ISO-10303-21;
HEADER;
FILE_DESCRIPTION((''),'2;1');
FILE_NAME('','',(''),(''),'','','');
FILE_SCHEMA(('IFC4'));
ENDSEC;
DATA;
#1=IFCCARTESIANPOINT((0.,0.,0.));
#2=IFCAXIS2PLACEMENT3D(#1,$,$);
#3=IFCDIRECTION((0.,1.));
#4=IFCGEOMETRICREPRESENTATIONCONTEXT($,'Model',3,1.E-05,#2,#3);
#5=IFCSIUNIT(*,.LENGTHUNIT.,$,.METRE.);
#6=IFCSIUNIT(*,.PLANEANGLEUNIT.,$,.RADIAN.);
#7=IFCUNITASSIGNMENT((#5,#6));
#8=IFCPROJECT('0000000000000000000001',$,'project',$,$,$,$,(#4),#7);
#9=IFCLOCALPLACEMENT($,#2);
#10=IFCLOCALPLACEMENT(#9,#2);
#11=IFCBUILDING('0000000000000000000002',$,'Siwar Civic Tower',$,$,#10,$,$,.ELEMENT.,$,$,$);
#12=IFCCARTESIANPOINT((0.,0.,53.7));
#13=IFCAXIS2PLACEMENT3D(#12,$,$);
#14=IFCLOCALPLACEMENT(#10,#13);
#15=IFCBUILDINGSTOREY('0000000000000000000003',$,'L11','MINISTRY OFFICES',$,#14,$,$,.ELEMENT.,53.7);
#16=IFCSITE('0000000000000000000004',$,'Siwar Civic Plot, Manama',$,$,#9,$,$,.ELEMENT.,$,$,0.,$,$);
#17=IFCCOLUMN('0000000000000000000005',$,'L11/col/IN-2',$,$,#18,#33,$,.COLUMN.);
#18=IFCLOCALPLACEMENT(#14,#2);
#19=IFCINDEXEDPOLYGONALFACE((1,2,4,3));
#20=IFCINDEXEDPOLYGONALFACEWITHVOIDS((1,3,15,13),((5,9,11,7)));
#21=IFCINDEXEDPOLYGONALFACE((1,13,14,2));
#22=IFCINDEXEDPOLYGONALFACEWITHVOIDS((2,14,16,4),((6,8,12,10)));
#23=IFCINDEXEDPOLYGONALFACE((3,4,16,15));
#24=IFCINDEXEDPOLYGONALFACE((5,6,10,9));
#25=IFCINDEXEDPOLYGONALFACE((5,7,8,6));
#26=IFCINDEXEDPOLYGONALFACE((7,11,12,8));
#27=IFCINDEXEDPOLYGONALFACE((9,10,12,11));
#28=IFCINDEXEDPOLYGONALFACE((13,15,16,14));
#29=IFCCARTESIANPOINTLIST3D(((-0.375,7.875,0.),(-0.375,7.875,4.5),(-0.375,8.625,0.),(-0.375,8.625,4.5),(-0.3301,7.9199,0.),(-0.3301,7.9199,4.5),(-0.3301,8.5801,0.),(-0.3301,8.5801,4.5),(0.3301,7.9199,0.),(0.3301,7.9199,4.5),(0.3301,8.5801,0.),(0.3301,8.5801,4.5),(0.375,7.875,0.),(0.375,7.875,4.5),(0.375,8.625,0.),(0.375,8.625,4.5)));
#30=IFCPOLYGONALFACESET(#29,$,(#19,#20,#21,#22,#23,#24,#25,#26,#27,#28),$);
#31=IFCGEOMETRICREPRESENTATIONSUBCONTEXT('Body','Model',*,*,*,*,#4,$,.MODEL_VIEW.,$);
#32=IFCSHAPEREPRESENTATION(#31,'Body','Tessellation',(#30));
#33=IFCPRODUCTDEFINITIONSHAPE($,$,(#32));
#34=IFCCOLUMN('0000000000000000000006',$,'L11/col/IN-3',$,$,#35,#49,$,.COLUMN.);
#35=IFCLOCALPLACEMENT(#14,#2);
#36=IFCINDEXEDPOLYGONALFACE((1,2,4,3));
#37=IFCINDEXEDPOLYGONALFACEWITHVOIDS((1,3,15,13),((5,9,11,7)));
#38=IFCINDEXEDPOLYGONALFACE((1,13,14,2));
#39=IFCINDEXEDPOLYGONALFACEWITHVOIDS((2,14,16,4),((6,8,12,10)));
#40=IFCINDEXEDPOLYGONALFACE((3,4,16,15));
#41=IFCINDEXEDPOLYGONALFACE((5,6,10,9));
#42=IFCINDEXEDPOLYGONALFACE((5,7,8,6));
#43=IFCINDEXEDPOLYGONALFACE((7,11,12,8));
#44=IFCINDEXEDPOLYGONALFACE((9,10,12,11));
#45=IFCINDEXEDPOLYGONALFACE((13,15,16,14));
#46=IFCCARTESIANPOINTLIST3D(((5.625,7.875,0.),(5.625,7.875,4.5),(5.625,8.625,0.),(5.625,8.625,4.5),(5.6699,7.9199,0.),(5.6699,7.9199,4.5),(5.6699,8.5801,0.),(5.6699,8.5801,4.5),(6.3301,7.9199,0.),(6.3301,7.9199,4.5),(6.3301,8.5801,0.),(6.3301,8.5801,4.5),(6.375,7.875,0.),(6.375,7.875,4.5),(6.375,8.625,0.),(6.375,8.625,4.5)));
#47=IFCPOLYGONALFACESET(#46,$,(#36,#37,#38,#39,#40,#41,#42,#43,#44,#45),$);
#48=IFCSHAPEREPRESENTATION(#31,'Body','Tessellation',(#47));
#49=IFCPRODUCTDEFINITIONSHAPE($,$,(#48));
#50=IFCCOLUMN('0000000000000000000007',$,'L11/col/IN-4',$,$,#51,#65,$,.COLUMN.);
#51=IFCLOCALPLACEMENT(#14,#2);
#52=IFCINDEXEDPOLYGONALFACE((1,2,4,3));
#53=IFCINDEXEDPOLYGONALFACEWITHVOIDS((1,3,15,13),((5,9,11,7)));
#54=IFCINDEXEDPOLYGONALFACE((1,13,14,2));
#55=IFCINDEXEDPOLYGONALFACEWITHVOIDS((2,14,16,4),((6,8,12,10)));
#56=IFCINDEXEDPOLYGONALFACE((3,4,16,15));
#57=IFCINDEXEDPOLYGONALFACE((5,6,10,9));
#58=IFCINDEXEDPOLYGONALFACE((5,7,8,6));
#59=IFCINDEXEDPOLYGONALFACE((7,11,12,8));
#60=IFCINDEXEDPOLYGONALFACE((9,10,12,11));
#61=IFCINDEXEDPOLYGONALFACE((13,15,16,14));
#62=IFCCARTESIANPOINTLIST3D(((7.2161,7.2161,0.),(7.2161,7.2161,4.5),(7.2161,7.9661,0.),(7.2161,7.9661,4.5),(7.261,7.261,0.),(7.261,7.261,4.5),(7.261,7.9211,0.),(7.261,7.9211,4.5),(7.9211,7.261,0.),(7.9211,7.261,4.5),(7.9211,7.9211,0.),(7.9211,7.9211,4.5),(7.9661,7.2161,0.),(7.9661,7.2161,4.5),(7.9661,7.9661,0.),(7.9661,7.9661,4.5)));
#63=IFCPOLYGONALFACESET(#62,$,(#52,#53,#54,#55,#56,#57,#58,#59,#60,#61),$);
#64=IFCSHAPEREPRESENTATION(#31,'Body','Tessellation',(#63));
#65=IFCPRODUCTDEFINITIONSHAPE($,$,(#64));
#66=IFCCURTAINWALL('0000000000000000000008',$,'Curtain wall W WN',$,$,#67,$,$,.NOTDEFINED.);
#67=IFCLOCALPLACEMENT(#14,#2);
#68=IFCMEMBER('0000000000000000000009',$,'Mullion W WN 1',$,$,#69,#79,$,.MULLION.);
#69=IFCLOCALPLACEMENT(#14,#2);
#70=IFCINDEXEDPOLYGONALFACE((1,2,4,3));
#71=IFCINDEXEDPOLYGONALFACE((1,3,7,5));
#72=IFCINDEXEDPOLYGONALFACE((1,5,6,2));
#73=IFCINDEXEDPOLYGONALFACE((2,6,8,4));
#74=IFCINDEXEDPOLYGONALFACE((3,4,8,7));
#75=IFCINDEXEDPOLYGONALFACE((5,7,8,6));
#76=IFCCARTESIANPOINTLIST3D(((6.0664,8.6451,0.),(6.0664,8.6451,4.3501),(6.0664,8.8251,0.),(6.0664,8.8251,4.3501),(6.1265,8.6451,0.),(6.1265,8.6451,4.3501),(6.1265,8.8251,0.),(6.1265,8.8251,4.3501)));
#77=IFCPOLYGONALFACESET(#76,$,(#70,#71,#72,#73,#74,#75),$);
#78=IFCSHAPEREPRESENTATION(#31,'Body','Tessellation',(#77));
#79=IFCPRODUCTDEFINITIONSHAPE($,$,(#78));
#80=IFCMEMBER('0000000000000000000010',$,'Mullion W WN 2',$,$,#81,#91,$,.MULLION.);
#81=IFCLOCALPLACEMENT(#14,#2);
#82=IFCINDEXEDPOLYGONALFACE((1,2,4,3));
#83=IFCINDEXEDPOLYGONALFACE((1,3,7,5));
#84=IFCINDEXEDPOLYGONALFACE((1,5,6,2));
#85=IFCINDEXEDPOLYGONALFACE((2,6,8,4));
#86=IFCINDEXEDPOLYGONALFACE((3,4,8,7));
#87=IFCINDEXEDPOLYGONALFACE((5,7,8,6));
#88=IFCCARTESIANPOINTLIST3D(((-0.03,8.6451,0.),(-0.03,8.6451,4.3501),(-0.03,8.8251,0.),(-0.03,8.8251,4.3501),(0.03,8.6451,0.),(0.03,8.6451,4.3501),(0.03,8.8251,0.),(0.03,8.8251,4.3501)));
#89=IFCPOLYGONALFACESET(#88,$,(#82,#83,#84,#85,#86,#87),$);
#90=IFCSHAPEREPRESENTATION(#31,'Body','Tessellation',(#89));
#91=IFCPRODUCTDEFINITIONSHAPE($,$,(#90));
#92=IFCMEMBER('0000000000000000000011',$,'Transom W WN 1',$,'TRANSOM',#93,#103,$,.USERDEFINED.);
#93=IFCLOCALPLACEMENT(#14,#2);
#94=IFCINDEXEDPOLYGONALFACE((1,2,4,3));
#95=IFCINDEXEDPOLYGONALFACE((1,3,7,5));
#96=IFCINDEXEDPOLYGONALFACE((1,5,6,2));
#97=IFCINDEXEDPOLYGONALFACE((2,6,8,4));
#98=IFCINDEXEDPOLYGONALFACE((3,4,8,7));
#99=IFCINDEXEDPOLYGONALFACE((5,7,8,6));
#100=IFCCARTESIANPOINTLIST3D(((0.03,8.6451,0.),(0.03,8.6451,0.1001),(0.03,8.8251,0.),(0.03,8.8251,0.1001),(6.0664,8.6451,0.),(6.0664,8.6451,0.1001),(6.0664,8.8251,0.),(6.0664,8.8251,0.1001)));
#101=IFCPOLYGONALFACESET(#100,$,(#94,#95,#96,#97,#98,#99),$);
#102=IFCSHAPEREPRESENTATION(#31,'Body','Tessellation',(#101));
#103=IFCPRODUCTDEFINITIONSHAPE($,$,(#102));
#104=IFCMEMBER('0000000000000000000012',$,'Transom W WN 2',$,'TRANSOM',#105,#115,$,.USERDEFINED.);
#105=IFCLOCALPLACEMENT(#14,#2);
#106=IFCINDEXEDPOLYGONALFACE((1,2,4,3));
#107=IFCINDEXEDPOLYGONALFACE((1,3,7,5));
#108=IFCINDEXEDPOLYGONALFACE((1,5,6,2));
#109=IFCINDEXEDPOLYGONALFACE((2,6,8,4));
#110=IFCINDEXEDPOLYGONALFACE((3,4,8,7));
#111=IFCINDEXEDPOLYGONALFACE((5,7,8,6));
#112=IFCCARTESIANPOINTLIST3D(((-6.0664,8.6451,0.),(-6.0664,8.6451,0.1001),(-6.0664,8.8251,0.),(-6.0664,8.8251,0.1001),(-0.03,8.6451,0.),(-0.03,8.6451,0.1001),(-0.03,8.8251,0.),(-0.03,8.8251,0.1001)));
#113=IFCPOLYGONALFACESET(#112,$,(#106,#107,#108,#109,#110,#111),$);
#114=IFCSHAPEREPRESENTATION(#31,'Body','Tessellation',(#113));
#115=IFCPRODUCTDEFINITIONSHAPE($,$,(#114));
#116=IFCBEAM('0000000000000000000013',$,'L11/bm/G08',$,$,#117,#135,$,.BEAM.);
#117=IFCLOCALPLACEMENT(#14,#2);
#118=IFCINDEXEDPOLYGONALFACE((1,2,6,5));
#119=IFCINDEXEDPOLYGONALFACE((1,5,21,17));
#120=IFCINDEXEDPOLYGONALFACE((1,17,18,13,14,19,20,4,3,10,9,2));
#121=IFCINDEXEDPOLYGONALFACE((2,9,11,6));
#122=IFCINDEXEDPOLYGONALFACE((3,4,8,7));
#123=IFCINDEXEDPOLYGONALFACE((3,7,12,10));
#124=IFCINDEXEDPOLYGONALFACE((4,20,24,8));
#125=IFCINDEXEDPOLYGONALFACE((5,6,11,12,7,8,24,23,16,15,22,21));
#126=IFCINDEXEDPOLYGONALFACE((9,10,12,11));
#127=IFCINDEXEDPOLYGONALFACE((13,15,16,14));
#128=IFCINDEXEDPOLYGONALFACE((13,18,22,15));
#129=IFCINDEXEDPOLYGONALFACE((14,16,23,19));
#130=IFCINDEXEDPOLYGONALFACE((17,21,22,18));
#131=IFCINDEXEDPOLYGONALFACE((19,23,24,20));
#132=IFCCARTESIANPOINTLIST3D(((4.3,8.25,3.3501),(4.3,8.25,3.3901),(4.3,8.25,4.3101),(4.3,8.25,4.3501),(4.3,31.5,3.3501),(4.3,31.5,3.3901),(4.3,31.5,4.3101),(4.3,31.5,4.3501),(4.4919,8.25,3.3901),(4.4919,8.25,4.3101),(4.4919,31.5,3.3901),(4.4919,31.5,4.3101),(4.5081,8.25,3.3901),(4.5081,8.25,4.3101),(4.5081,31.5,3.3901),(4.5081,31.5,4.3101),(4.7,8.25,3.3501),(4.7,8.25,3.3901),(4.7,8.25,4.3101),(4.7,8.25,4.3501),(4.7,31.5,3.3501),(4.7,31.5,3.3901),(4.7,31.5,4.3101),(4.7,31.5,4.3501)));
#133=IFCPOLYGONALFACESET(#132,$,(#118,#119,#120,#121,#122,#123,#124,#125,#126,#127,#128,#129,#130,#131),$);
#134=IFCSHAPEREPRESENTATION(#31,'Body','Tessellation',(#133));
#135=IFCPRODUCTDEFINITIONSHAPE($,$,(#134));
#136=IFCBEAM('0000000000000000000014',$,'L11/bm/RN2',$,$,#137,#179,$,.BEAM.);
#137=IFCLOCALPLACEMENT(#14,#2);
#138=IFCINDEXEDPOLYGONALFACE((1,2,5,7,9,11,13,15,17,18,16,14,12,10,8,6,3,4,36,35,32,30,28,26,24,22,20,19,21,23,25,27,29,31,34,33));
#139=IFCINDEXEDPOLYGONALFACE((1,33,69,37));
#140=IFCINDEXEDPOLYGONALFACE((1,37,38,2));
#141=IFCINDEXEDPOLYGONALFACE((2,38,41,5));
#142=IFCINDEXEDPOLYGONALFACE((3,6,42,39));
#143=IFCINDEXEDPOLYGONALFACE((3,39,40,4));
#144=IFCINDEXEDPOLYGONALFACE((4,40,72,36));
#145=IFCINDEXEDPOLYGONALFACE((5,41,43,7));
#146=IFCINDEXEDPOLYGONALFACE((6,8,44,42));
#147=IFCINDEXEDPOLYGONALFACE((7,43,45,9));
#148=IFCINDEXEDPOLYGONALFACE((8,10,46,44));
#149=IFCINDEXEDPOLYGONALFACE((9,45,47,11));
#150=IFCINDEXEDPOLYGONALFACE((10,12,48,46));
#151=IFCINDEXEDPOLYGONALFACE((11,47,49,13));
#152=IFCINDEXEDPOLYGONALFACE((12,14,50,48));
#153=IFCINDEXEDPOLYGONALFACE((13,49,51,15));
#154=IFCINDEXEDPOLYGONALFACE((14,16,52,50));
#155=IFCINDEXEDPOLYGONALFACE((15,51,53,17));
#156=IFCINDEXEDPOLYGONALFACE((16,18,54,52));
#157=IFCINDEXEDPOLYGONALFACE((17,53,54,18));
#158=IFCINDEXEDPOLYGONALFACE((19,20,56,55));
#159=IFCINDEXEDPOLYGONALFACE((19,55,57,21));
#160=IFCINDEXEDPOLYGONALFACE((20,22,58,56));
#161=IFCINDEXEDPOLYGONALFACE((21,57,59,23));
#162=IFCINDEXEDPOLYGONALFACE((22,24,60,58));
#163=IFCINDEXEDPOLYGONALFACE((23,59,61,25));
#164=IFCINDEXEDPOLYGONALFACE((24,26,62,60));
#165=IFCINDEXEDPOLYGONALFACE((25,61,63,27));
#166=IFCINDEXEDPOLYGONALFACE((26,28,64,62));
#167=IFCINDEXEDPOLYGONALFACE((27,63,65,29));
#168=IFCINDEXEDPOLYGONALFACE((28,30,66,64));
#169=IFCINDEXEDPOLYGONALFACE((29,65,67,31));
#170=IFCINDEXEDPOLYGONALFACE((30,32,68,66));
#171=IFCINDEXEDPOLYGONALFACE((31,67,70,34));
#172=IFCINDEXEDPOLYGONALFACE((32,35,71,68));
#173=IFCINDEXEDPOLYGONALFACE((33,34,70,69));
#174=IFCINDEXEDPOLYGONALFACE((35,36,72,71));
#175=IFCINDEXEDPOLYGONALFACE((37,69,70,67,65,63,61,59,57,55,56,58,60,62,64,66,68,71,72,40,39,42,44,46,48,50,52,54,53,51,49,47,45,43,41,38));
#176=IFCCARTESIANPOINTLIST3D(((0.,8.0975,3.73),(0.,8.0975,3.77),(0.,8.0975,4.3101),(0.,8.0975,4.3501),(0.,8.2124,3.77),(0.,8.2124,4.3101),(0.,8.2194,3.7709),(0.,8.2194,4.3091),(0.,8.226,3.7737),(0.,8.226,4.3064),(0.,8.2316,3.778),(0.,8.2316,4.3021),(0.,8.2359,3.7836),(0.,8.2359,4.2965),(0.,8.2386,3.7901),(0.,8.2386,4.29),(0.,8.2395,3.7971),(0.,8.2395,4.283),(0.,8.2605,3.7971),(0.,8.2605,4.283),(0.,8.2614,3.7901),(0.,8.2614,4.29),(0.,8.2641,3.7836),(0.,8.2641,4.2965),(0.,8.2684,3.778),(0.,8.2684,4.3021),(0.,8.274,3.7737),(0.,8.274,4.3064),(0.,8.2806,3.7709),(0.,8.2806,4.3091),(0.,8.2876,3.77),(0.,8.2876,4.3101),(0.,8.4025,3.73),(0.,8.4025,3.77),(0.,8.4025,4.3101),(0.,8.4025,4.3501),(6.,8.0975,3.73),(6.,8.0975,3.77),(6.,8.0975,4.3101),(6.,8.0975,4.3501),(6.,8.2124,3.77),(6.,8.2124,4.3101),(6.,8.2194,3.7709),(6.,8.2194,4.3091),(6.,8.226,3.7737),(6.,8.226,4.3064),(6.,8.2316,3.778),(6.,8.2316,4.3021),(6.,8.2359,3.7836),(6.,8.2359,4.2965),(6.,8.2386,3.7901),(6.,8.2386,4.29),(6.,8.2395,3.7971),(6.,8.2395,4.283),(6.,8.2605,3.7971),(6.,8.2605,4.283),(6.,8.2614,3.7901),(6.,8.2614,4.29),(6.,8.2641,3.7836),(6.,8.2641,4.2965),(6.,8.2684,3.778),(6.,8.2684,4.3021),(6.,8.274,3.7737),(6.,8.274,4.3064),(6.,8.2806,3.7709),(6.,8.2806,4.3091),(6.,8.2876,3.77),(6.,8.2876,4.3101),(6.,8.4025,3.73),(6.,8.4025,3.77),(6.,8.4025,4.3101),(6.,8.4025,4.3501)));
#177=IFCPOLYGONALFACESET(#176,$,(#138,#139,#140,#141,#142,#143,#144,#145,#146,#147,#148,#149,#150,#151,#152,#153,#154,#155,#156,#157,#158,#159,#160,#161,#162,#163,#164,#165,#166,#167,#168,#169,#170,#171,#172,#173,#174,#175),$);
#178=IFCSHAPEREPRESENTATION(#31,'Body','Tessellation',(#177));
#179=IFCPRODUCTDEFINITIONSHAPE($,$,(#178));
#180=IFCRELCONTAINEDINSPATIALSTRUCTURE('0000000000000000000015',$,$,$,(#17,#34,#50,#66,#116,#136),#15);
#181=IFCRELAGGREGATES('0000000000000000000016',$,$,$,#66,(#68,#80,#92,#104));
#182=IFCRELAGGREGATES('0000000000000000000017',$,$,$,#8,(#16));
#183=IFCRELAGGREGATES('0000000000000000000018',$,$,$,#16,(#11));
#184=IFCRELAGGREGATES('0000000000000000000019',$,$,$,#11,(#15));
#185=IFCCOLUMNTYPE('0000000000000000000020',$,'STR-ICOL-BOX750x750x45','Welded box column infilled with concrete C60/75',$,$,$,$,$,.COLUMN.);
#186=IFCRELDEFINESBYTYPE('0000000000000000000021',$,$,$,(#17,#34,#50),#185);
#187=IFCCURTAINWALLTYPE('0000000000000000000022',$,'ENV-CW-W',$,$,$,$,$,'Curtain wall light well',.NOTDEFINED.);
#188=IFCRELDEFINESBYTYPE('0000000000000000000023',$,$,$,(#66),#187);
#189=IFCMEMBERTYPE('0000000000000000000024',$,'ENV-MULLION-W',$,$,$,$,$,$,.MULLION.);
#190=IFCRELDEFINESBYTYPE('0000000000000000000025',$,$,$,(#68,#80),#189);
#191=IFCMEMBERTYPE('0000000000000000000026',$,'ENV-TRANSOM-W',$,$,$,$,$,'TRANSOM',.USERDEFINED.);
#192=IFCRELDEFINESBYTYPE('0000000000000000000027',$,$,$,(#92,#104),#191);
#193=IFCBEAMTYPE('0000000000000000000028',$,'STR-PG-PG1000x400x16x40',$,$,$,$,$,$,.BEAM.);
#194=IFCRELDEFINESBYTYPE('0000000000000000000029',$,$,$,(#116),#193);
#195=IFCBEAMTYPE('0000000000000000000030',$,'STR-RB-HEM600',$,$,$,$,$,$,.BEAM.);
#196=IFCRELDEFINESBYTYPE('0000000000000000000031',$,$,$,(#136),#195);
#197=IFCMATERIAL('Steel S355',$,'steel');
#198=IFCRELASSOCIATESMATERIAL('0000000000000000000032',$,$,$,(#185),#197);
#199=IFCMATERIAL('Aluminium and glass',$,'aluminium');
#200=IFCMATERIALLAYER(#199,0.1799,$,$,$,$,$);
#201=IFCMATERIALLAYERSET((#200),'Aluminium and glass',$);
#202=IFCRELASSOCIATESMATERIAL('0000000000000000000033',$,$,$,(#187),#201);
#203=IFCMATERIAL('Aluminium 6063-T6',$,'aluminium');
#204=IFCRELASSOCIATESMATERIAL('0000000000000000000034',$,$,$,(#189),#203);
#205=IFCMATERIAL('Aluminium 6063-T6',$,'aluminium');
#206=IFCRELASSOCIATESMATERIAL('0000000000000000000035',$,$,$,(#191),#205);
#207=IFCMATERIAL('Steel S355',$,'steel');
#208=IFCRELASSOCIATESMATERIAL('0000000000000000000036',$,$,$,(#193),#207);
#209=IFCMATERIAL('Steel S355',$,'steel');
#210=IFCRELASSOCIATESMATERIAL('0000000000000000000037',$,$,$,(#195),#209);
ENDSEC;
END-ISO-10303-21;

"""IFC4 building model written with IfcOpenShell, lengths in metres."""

from ifc_helpers import new_model, si_unit, direction, frame, origin, origin_2d, place, context, subcontext, project, spatial, rectangle, hollow_rectangle, i_section, extrude, material, layer, layer_set, material_profile, profile_set, type_object, element, aggregate, save


model = new_model("IFC4")

# Units and contexts
model_context = context("Model", 3, precision=1e-05, world=origin(), true_north=direction((0.0, 1.0)))
body_context = subcontext(model_context, "Body", "Model", "MODEL_VIEW")
ifc_project = project(units=[si_unit("LENGTHUNIT", "METRE"), si_unit("PLANEANGLEUNIT", "RADIAN")], contexts=[model_context])

# Site, building, storey
site_placement = place(None, origin())
site = spatial("IfcSite", under=ifc_project, at=site_placement, Name="Siwar Civic Plot, Manama", CompositionType="ELEMENT", RefElevation=0.0)
building_placement = place(site_placement, origin())
building = spatial("IfcBuilding", under=site, at=building_placement, Name="Siwar Civic Tower", CompositionType="ELEMENT")
storey_placement = place(building_placement, frame((0.0, 0.0, 53.7)))
storey = spatial("IfcBuildingStorey", under=building, at=storey_placement, Name="L11", Description="MINISTRY OFFICES", CompositionType="ELEMENT", Elevation=53.7)

# Columns
ifc_material_1 = material(Name="Steel S355", Category="steel")
ifc_material_profile_1 = material_profile(ifc_material_1, hollow_rectangle(XDim=0.75, YDim=0.75, WallThickness=0.0449, at=origin_2d()), Name="BOX750x750x45")
ifc_profile_set_1 = profile_set([ifc_material_profile_1], Name="Steel S355")
column_type = type_object("IfcColumnType", Name="STR-ICOL-BOX750x750x45", Description="Welded box column infilled with concrete C60/75", PredefinedType="COLUMN", material=ifc_profile_set_1)
for number, where, z_axis, x_axis, name in (
    (1, (0.0, 8.25, 0.0), (0.0, 0.0, 1.0), (1.0, 0.0, 0.0), "L11/col/IN-2"),
    (2, (6.0, 8.25, 0.0), (0.0, 0.0, 1.0), (1.0, 0.0, 0.0), "L11/col/IN-3"),
    (3, (7.5911, 7.5911, 0.0), (0.0, 0.0, 1.0), (1.0, 0.0, 0.0), "L11/col/IN-4"),
):
    element("IfcColumn", number, at=place(storey_placement, frame(where, z_axis=z_axis, x_axis=x_axis)), inside=storey, type_object=column_type, Name=name, PredefinedType="COLUMN", context=body_context, shape_type="SweptSolid", body=[
        extrude(hollow_rectangle(XDim=0.75, YDim=0.75, WallThickness=0.0449, at=origin_2d()), origin(), (0.0, 0.0, 1.0), 4.5),
    ])

# Curtain wall, members
ifc_material_2 = material(Name="Aluminium and glass", Category="aluminium")
ifc_layer_1 = layer(ifc_material_2, 0.1799)
ifc_layer_set_1 = layer_set([ifc_layer_1], Name="Aluminium and glass")
curtain_wall_type = type_object("IfcCurtainWallType", Name="ENV-CW-W", ElementType="Curtain wall light well", PredefinedType="NOTDEFINED", material=ifc_layer_set_1)
curtain_wall_placement = place(storey_placement, origin())
curtain_wall = element("IfcCurtainWall", 4, at=curtain_wall_placement, inside=storey, type_object=curtain_wall_type, Name="Curtain wall W WN", PredefinedType="NOTDEFINED")
ifc_material_3 = material(Name="Aluminium 6063-T6", Category="aluminium")
ifc_material_profile_2 = material_profile(ifc_material_3, rectangle(XDim=0.1799, YDim=0.0601, at=origin_2d()), Name="AL 180x60")
ifc_profile_set_2 = profile_set([ifc_material_profile_2], Name="Aluminium 6063-T6")
member_type_1 = type_object("IfcMemberType", Name="ENV-MULLION-W", PredefinedType="MULLION", material=ifc_profile_set_2)
member_1_placement = place(storey_placement, frame((6.0964, 8.7351, 0.0), z_axis=(0.0, 0.0, 1.0), x_axis=(0.0, -1.0, 0.0)))
member_1 = element("IfcMember", 5, at=member_1_placement, type_object=member_type_1, Name="Mullion W WN 1", PredefinedType="MULLION", context=body_context, shape_type="SweptSolid", body=[
    extrude(rectangle(XDim=0.1799, YDim=0.0601, at=origin_2d()), origin(), (0.0, 0.0, 1.0), 4.3501),
])
member_2_placement = place(storey_placement, frame((0.0, 8.7351, 0.0), z_axis=(0.0, 0.0, 1.0), x_axis=(0.0, -1.0, 0.0)))
member_2 = element("IfcMember", 6, at=member_2_placement, type_object=member_type_1, Name="Mullion W WN 2", PredefinedType="MULLION", context=body_context, shape_type="SweptSolid", body=[
    extrude(rectangle(XDim=0.1799, YDim=0.0601, at=origin_2d()), origin(), (0.0, 0.0, 1.0), 4.3501),
])
ifc_material_4 = material(Name="Aluminium 6063-T6", Category="aluminium")
ifc_material_profile_3 = material_profile(ifc_material_4, rectangle(XDim=0.1799, YDim=0.1001, at=origin_2d()), Name="AL 180x100")
ifc_profile_set_3 = profile_set([ifc_material_profile_3], Name="Aluminium 6063-T6")
member_type_2 = type_object("IfcMemberType", Name="ENV-TRANSOM-W", ElementType="TRANSOM", PredefinedType="USERDEFINED", material=ifc_profile_set_3)
member_3_placement = place(storey_placement, frame((6.0664, 8.7351, 0.05), z_axis=(-1.0, 0.0, 0.0), x_axis=(0.0, -1.0, 0.0)))
member_3 = element("IfcMember", 7, at=member_3_placement, type_object=member_type_2, Name="Transom W WN 1", ObjectType="TRANSOM", PredefinedType="USERDEFINED", context=body_context, shape_type="SweptSolid", body=[
    extrude(rectangle(XDim=0.1799, YDim=0.1001, at=origin_2d()), origin(), (0.0, 0.0, 1.0), 6.0364),
])
member_4_placement = place(storey_placement, frame((-0.03, 8.7351, 0.05), z_axis=(-1.0, 0.0, 0.0), x_axis=(0.0, -1.0, 0.0)))
member_4 = element("IfcMember", 8, at=member_4_placement, type_object=member_type_2, Name="Transom W WN 2", ObjectType="TRANSOM", PredefinedType="USERDEFINED", context=body_context, shape_type="SweptSolid", body=[
    extrude(rectangle(XDim=0.1799, YDim=0.1001, at=origin_2d()), origin(), (0.0, 0.0, 1.0), 6.0364),
])

# Beams
ifc_material_5 = material(Name="Steel S355", Category="steel")
ifc_material_profile_4 = material_profile(ifc_material_5, i_section(OverallWidth=0.3999, OverallDepth=1.0, WebThickness=0.0161, FlangeThickness=0.04, at=origin_2d()), Name="PG1000x400x16x40")
ifc_profile_set_4 = profile_set([ifc_material_profile_4], Name="Steel S355")
beam_type_1 = type_object("IfcBeamType", Name="STR-PG-PG1000x400x16x40", PredefinedType="BEAM", material=ifc_profile_set_4)
beam_1_placement = place(storey_placement, frame((4.5, 8.25, 3.8501), z_axis=(0.0, 1.0, 0.0), x_axis=(-1.0, 0.0, 0.0)))
element("IfcBeam", 9, at=beam_1_placement, inside=storey, type_object=beam_type_1, Name="L11/bm/G08", PredefinedType="BEAM", context=body_context, shape_type="SweptSolid", body=[
    extrude(i_section(OverallWidth=0.3999, OverallDepth=1.0, WebThickness=0.0161, FlangeThickness=0.04, at=origin_2d()), origin(), (0.0, 0.0, 1.0), 23.25),
])
ifc_material_6 = material(Name="Steel S355", Category="steel")
ifc_material_profile_5 = material_profile(ifc_material_6, i_section(OverallWidth=0.3049, OverallDepth=0.6201, WebThickness=0.021, FlangeThickness=0.04, FilletRadius=0.0271, at=origin_2d()), Name="HEM600")
ifc_profile_set_5 = profile_set([ifc_material_profile_5], Name="Steel S355")
beam_type_2 = type_object("IfcBeamType", Name="STR-RB-HEM600", PredefinedType="BEAM", material=ifc_profile_set_5)
beam_2_placement = place(storey_placement, frame((0.0, 8.25, 4.04), z_axis=(1.0, 0.0, 0.0), x_axis=(0.0, 1.0, 0.0)))
element("IfcBeam", 10, at=beam_2_placement, inside=storey, type_object=beam_type_2, Name="L11/bm/RN2", PredefinedType="BEAM", context=body_context, shape_type="SweptSolid", body=[
    extrude(i_section(OverallWidth=0.3049, OverallDepth=0.6201, WebThickness=0.021, FlangeThickness=0.04, FilletRadius=0.0271, at=origin_2d()), origin(), (0.0, 0.0, 1.0), 6.0),
])

aggregate(curtain_wall, [member_1, member_2, member_3, member_4])

save(model, "model.ifc")
